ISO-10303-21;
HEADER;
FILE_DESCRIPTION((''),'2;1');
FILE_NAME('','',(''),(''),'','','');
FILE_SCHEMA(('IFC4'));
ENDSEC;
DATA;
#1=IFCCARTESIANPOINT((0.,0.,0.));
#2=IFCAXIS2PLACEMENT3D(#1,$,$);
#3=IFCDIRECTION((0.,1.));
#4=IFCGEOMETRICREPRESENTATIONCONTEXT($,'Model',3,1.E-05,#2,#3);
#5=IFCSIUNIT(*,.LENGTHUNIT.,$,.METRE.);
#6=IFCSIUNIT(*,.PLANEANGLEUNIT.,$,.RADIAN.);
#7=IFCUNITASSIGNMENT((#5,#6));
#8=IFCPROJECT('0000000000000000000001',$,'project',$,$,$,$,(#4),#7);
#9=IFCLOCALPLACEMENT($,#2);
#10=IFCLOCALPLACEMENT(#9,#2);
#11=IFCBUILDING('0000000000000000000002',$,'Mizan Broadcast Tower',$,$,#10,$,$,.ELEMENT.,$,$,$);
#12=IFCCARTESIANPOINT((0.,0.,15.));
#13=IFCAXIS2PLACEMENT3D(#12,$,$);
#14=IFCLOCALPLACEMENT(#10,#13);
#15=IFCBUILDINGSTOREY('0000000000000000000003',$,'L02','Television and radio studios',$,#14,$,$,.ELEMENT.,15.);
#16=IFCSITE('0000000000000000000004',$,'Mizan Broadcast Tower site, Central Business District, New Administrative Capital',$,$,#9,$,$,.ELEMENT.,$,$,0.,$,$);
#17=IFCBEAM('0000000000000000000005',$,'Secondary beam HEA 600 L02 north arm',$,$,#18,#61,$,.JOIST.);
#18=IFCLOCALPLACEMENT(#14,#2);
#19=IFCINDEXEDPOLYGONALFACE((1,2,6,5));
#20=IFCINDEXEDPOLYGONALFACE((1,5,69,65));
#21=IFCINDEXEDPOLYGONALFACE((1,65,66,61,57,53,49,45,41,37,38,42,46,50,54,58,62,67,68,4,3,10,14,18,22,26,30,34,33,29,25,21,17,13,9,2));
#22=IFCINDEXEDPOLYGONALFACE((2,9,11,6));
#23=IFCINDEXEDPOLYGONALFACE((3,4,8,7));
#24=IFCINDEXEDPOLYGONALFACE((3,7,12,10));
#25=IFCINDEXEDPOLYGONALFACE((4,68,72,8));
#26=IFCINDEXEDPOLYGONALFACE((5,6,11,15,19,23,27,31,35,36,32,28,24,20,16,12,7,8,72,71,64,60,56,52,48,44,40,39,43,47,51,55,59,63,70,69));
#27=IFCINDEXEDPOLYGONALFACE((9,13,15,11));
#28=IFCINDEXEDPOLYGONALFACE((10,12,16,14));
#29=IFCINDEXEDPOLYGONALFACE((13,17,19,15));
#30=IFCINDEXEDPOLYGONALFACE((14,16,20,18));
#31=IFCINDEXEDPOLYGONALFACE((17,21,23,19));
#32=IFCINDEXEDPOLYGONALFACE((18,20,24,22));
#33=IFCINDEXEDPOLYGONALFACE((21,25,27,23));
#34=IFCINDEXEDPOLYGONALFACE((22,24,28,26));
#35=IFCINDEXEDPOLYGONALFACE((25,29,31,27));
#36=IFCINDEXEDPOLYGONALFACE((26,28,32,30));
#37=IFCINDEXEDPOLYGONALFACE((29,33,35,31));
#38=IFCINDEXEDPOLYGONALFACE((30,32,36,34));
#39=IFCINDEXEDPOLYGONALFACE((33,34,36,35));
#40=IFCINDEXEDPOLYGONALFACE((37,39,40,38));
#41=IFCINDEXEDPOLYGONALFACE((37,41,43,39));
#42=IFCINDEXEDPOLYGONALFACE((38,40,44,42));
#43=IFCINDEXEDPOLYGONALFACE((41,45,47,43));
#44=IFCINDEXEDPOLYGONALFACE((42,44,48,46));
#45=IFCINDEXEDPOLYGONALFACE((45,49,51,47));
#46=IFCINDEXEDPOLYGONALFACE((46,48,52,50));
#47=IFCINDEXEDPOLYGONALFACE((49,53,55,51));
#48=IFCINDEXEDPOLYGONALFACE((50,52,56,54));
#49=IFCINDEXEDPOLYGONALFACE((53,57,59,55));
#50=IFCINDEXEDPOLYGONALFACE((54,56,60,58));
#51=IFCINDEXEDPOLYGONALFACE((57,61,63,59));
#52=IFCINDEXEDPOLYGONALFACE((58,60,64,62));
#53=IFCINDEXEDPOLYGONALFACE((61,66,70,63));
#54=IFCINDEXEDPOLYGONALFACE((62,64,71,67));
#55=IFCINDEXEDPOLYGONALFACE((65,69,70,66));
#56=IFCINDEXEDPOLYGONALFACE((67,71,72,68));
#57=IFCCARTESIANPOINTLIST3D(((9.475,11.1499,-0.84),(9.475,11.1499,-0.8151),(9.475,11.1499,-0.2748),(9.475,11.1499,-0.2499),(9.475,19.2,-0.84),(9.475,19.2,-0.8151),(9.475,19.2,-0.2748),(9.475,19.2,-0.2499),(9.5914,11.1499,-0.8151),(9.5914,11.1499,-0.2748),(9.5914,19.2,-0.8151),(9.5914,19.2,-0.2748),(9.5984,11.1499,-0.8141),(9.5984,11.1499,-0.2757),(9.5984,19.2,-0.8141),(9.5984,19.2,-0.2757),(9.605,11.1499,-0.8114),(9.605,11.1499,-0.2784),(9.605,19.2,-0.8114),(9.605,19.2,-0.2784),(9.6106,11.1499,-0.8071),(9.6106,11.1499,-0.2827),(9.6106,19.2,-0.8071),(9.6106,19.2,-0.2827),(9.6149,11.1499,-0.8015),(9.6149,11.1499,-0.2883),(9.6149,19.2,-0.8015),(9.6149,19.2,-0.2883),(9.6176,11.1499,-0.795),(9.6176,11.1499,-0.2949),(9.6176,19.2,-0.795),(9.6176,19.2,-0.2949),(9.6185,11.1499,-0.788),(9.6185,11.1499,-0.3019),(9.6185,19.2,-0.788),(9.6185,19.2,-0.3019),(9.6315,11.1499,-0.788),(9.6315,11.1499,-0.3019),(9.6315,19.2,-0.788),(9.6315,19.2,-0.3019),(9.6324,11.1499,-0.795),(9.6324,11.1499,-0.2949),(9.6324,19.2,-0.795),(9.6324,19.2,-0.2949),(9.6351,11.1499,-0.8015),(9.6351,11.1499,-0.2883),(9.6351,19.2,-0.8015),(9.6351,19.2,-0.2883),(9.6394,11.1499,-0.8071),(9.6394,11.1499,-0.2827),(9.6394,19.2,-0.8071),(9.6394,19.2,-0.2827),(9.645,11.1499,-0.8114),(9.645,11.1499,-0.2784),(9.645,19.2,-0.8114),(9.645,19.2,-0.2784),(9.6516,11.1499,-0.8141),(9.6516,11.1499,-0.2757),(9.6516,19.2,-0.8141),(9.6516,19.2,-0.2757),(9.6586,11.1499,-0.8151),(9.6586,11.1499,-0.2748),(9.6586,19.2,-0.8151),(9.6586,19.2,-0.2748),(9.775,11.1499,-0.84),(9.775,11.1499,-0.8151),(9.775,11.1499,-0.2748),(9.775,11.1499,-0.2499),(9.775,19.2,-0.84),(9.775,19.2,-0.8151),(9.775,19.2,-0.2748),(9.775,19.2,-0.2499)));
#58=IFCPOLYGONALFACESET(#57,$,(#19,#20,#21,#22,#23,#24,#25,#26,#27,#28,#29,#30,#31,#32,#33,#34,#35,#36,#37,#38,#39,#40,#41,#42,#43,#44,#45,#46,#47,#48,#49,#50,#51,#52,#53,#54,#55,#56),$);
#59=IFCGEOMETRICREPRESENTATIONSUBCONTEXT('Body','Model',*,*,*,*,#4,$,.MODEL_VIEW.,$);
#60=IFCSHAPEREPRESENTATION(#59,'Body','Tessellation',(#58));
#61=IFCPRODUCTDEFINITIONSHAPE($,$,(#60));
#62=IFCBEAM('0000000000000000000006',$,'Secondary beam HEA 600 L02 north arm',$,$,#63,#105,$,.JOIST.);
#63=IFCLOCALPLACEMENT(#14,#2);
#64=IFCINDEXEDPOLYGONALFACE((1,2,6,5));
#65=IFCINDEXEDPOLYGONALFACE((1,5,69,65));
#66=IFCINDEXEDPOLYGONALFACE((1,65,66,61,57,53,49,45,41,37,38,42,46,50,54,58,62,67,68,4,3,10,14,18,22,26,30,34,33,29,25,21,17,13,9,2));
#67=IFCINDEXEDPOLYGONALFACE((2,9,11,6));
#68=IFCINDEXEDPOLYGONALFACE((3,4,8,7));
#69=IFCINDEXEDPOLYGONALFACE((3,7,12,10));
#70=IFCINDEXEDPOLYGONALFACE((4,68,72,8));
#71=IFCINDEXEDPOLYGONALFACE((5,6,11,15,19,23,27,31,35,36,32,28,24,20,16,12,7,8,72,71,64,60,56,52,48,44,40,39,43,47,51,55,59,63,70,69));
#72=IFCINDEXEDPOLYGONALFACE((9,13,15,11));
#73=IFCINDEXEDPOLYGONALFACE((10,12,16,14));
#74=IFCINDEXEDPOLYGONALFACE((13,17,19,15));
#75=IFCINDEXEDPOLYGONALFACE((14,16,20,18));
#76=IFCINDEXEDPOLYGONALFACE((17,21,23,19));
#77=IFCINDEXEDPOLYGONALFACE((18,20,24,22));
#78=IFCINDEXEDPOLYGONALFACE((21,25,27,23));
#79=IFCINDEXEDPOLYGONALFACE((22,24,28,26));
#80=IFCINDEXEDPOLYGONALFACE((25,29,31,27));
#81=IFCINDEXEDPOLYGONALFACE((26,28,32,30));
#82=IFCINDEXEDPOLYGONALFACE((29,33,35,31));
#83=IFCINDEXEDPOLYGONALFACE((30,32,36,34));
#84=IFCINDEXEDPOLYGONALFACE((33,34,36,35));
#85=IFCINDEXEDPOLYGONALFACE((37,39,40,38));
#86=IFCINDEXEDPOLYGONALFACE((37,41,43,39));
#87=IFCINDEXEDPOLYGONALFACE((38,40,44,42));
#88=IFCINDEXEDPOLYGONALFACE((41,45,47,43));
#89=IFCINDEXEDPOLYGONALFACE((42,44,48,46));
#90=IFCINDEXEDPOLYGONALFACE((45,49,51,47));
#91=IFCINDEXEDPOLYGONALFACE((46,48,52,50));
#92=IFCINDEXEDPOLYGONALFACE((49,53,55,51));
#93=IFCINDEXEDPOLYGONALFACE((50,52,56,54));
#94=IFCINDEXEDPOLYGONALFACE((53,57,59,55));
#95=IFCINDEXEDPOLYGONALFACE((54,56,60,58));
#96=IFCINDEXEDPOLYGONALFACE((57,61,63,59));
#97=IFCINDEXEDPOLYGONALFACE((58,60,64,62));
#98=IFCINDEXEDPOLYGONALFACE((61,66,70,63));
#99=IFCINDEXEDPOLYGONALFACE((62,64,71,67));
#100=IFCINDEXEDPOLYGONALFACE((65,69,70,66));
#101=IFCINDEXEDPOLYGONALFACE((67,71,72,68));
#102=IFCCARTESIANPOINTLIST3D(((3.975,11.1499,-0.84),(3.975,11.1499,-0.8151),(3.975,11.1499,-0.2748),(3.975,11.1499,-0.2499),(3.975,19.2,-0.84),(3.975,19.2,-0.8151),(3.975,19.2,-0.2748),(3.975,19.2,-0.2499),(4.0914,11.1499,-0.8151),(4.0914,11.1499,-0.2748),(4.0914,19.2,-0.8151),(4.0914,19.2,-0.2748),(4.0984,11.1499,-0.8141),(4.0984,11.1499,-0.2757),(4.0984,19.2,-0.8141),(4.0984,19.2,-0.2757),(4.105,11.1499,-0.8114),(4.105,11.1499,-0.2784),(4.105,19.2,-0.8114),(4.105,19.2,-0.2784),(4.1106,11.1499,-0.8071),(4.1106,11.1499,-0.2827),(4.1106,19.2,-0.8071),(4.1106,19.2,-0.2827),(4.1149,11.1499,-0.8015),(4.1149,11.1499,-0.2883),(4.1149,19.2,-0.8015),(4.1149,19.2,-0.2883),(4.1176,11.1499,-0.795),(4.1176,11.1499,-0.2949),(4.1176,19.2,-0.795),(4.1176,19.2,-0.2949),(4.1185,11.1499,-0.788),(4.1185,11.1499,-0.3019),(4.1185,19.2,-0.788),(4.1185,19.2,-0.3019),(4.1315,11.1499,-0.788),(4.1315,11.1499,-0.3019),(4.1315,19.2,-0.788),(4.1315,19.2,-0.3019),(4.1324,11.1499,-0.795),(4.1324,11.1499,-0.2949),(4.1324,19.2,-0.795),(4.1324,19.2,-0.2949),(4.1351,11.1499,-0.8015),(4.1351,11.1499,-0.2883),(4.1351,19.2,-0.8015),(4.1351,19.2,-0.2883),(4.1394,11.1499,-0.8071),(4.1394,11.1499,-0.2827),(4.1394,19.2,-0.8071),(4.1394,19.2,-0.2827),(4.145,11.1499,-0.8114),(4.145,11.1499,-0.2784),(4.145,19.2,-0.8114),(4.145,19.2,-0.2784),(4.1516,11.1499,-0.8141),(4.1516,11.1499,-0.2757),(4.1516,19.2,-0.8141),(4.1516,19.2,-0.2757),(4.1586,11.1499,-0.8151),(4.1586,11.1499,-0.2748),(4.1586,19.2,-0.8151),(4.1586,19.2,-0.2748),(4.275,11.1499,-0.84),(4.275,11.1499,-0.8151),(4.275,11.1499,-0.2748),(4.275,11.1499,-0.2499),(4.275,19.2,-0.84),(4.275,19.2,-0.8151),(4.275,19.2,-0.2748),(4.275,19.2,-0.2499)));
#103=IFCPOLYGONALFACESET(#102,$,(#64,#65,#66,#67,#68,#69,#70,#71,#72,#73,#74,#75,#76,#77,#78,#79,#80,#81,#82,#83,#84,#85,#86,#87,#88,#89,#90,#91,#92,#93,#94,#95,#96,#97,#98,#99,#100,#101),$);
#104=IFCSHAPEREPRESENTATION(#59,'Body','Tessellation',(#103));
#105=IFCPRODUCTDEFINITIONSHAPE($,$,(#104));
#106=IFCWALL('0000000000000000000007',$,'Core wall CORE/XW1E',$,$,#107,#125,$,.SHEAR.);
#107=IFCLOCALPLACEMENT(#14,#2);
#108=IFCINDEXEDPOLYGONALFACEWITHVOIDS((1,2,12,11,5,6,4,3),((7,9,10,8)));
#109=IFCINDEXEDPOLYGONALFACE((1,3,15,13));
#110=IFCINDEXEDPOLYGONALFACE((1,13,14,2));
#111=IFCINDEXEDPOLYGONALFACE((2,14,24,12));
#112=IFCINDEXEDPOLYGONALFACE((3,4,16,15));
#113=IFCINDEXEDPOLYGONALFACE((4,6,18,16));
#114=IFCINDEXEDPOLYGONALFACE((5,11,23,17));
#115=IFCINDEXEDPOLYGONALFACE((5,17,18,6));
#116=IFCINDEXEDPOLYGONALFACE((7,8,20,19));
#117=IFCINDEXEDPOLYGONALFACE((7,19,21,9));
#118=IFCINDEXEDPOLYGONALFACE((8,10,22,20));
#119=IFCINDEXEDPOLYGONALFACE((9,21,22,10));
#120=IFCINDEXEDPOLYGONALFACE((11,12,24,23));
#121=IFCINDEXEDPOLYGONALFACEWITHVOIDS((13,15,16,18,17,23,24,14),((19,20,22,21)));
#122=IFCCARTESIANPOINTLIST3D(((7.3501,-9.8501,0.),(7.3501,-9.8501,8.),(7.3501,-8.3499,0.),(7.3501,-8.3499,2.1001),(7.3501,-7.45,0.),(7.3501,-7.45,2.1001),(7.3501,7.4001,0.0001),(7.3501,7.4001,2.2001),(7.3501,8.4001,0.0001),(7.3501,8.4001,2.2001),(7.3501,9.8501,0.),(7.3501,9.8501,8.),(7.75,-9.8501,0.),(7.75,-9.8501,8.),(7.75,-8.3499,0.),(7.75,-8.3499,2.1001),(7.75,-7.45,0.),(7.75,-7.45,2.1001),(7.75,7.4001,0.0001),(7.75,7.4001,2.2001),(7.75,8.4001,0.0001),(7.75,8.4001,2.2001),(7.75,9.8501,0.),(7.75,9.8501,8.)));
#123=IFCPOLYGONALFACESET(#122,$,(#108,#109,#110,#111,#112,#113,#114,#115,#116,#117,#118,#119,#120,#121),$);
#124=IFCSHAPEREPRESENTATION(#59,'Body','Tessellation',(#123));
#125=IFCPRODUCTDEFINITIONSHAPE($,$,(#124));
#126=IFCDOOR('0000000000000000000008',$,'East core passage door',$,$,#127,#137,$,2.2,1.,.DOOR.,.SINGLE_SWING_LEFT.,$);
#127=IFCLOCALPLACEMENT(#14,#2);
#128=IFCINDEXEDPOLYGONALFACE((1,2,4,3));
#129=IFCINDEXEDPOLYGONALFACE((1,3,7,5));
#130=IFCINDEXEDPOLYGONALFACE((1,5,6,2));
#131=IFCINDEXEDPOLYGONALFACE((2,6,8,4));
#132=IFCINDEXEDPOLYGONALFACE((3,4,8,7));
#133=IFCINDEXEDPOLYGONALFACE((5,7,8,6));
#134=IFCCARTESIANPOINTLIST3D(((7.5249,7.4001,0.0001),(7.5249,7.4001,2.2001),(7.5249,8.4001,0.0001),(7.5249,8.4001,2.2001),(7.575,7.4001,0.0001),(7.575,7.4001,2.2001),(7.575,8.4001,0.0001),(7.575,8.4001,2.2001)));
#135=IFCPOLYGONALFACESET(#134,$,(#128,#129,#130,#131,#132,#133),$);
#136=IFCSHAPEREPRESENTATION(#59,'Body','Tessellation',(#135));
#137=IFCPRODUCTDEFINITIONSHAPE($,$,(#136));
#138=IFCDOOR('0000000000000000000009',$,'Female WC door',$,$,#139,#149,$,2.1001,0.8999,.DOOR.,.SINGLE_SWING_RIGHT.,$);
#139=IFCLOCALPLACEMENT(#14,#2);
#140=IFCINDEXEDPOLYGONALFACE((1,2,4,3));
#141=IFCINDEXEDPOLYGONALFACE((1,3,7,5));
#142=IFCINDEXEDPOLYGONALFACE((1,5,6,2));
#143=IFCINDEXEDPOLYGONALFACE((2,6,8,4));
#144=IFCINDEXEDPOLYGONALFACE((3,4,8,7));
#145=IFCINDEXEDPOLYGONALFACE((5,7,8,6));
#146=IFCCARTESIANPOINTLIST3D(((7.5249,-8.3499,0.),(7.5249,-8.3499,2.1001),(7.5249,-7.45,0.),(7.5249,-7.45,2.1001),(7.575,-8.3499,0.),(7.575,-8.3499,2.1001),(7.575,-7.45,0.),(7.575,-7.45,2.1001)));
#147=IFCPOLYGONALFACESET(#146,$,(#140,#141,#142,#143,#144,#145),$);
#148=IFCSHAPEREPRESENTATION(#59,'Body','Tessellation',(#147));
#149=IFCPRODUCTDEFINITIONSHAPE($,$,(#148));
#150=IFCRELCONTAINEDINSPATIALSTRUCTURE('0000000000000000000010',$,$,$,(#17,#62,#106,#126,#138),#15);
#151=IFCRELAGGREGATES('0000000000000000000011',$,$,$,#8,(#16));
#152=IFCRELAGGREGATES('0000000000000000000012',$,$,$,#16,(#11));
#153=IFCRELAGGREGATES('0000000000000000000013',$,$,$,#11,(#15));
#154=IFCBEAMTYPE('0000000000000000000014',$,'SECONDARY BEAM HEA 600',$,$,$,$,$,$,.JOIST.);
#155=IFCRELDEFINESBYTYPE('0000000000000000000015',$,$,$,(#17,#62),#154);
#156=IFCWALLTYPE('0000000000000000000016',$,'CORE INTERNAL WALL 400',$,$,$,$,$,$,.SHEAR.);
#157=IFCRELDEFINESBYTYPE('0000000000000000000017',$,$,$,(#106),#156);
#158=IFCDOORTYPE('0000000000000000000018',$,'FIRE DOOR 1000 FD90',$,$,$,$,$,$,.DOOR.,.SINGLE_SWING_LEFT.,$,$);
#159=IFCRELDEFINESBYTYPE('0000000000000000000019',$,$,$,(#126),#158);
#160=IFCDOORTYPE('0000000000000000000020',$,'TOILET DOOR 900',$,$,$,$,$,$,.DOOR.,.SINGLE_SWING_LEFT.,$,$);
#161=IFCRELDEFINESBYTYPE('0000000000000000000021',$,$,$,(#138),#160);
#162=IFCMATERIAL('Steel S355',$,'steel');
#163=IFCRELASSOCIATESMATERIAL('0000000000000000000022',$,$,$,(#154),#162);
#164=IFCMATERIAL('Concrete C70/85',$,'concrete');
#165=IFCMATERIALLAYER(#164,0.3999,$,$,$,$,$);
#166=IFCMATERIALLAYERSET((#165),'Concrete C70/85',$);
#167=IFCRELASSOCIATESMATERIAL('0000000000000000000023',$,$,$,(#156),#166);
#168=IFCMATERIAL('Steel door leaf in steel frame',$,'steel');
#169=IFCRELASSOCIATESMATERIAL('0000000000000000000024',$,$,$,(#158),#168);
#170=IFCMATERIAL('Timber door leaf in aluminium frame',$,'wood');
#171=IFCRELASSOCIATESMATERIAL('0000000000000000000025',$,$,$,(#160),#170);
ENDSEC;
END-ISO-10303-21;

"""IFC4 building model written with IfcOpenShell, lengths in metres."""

from ifc_helpers import new_model, si_unit, direction, frame, frame_2d, origin, origin_2d, place, context, subcontext, project, spatial, rectangle, i_section, extrude, material, layer, layer_set, material_profile, profile_set, type_object, element, fill, save


model = new_model("IFC4")

# Units and contexts
model_context = context("Model", 3, precision=1e-05, world=origin(), true_north=direction((0.0, 1.0)))
body_context = subcontext(model_context, "Body", "Model", "MODEL_VIEW")
ifc_project = project(units=[si_unit("LENGTHUNIT", "METRE"), si_unit("PLANEANGLEUNIT", "RADIAN")], contexts=[model_context])

# Site, building, storey
site_placement = place(None, origin())
site = spatial("IfcSite", under=ifc_project, at=site_placement, Name="Mizan Broadcast Tower site, Central Business District, New Administrative Capital", CompositionType="ELEMENT", RefElevation=0.0)
building_placement = place(site_placement, origin())
building = spatial("IfcBuilding", under=site, at=building_placement, Name="Mizan Broadcast Tower", CompositionType="ELEMENT")
storey_placement = place(building_placement, frame((0.0, 0.0, 15.0)))
storey = spatial("IfcBuildingStorey", under=building, at=storey_placement, Name="L02", Description="Television and radio studios", CompositionType="ELEMENT", Elevation=15.0)

# Beams
ifc_material_1 = material(Name="Steel S355", Category="steel")
ifc_material_profile_1 = material_profile(ifc_material_1, i_section(OverallWidth=0.3, OverallDepth=0.5901, WebThickness=0.0129, FlangeThickness=0.0249, FilletRadius=0.0271, at=origin_2d()), Name="HEA 600")
ifc_profile_set_1 = profile_set([ifc_material_profile_1], Name="Steel S355")
beam_type_1 = type_object("IfcBeamType", Name="SECONDARY BEAM HEA 600", PredefinedType="JOIST", material=ifc_profile_set_1)
for number, where, z_axis, x_axis, name in (
    (1, (9.625, 11.1499, -0.5449), (0.0, 1.0, 0.0), (-1.0, 0.0, 0.0), "Secondary beam HEA 600 L02 north arm"),
    (2, (4.125, 11.1499, -0.5449), (0.0, 1.0, 0.0), (-1.0, 0.0, 0.0), "Secondary beam HEA 600 L02 north arm"),
):
    element("IfcBeam", number, at=place(storey_placement, frame(where, z_axis=z_axis, x_axis=x_axis)), inside=storey, type_object=beam_type_1, Name=name, PredefinedType="JOIST", context=body_context, shape_type="SweptSolid", body=[
        extrude(i_section(OverallWidth=0.3, OverallDepth=0.5901, WebThickness=0.0129, FlangeThickness=0.0249, FilletRadius=0.0271, at=origin_2d()), origin(), (0.0, 0.0, 1.0), 8.05),
    ])

# Wall, openings, doors
ifc_material_2 = material(Name="Concrete C70/85", Category="concrete")
ifc_layer_1 = layer(ifc_material_2, 0.3999)
ifc_layer_set_1 = layer_set([ifc_layer_1], Name="Concrete C70/85")
wall_type_1 = type_object("IfcWallType", Name="CORE INTERNAL WALL 400", PredefinedType="SHEAR", material=ifc_layer_set_1)
wall_1_placement = place(storey_placement, frame((7.55, 9.8501, 0.0), z_axis=(0.0, 0.0, 1.0), x_axis=(0.0, -1.0, 0.0)))
wall_1 = element("IfcWall", 3, at=wall_1_placement, inside=storey, type_object=wall_type_1, Name="Core wall CORE/XW1E", PredefinedType="SHEAR", context=body_context, shape_type="SweptSolid", body=[
    extrude(rectangle(XDim=19.7002, YDim=0.3999, at=frame_2d((9.8501, 0.0))), origin(), (0.0, 0.0, 1.0), 8.0),
])
opening_1_placement = place(wall_1_placement, frame((1.45, 0.0, 0.0)))
opening_1 = element("IfcOpeningElement", 4, at=opening_1_placement, cuts=wall_1, PredefinedType="OPENING", context=body_context, shape_type="SweptSolid", body=[
    extrude(rectangle(XDim=1.0, YDim=2.2, at=frame_2d((0.5, 1.1001))), frame((0.0, 0.21, 0.0), z_axis=(0.0, -1.0, 0.0), x_axis=(1.0, 0.0, 0.0)), (0.0, 0.0, 1.0), 0.4199),
])
opening_2_placement = place(wall_1_placement, frame((17.3, 0.0, 0.0)))
opening_2 = element("IfcOpeningElement", 5, at=opening_2_placement, cuts=wall_1, PredefinedType="OPENING", context=body_context, shape_type="SweptSolid", body=[
    extrude(rectangle(XDim=0.8999, YDim=2.1001, at=frame_2d((0.45, 1.05))), frame((0.0, 0.21, 0.0), z_axis=(0.0, -1.0, 0.0), x_axis=(1.0, 0.0, 0.0)), (0.0, 0.0, 1.0), 0.4199),
])
ifc_material_3 = material(Name="Steel door leaf in steel frame", Category="steel")
door_type_1 = type_object("IfcDoorType", Name="FIRE DOOR 1000 FD90", OperationType="SINGLE_SWING_LEFT", PredefinedType="DOOR", material=ifc_material_3)
door_1_placement = place(opening_1_placement, origin())
door_1 = element("IfcDoor", 6, at=door_1_placement, inside=storey, type_object=door_type_1, Name="East core passage door", OperationType="SINGLE_SWING_LEFT", OverallHeight=2.2, OverallWidth=1.0, PredefinedType="DOOR", context=body_context, shape_type="SweptSolid", body=[
    extrude(rectangle(XDim=1.0, YDim=2.2, at=frame_2d((0.5, 1.1001))), frame((0.0, 0.0249, 0.0), z_axis=(0.0, -1.0, 0.0), x_axis=(1.0, 0.0, 0.0)), (0.0, 0.0, 1.0), 0.05),
])
fill(opening_1, door_1)
ifc_material_4 = material(Name="Timber door leaf in aluminium frame", Category="wood")
door_type_2 = type_object("IfcDoorType", Name="TOILET DOOR 900", OperationType="SINGLE_SWING_LEFT", PredefinedType="DOOR", material=ifc_material_4)
door_2_placement = place(opening_2_placement, origin())
door_2 = element("IfcDoor", 7, at=door_2_placement, inside=storey, type_object=door_type_2, Name="Female WC door", OperationType="SINGLE_SWING_RIGHT", OverallHeight=2.1001, OverallWidth=0.8999, PredefinedType="DOOR", context=body_context, shape_type="SweptSolid", body=[
    extrude(rectangle(XDim=0.8999, YDim=2.1001, at=frame_2d((0.45, 1.05))), frame((0.0, 0.0249, 0.0), z_axis=(0.0, -1.0, 0.0), x_axis=(1.0, 0.0, 0.0)), (0.0, 0.0, 1.0), 0.05),
])
fill(opening_2, door_2)

save(model, "model.ifc")
